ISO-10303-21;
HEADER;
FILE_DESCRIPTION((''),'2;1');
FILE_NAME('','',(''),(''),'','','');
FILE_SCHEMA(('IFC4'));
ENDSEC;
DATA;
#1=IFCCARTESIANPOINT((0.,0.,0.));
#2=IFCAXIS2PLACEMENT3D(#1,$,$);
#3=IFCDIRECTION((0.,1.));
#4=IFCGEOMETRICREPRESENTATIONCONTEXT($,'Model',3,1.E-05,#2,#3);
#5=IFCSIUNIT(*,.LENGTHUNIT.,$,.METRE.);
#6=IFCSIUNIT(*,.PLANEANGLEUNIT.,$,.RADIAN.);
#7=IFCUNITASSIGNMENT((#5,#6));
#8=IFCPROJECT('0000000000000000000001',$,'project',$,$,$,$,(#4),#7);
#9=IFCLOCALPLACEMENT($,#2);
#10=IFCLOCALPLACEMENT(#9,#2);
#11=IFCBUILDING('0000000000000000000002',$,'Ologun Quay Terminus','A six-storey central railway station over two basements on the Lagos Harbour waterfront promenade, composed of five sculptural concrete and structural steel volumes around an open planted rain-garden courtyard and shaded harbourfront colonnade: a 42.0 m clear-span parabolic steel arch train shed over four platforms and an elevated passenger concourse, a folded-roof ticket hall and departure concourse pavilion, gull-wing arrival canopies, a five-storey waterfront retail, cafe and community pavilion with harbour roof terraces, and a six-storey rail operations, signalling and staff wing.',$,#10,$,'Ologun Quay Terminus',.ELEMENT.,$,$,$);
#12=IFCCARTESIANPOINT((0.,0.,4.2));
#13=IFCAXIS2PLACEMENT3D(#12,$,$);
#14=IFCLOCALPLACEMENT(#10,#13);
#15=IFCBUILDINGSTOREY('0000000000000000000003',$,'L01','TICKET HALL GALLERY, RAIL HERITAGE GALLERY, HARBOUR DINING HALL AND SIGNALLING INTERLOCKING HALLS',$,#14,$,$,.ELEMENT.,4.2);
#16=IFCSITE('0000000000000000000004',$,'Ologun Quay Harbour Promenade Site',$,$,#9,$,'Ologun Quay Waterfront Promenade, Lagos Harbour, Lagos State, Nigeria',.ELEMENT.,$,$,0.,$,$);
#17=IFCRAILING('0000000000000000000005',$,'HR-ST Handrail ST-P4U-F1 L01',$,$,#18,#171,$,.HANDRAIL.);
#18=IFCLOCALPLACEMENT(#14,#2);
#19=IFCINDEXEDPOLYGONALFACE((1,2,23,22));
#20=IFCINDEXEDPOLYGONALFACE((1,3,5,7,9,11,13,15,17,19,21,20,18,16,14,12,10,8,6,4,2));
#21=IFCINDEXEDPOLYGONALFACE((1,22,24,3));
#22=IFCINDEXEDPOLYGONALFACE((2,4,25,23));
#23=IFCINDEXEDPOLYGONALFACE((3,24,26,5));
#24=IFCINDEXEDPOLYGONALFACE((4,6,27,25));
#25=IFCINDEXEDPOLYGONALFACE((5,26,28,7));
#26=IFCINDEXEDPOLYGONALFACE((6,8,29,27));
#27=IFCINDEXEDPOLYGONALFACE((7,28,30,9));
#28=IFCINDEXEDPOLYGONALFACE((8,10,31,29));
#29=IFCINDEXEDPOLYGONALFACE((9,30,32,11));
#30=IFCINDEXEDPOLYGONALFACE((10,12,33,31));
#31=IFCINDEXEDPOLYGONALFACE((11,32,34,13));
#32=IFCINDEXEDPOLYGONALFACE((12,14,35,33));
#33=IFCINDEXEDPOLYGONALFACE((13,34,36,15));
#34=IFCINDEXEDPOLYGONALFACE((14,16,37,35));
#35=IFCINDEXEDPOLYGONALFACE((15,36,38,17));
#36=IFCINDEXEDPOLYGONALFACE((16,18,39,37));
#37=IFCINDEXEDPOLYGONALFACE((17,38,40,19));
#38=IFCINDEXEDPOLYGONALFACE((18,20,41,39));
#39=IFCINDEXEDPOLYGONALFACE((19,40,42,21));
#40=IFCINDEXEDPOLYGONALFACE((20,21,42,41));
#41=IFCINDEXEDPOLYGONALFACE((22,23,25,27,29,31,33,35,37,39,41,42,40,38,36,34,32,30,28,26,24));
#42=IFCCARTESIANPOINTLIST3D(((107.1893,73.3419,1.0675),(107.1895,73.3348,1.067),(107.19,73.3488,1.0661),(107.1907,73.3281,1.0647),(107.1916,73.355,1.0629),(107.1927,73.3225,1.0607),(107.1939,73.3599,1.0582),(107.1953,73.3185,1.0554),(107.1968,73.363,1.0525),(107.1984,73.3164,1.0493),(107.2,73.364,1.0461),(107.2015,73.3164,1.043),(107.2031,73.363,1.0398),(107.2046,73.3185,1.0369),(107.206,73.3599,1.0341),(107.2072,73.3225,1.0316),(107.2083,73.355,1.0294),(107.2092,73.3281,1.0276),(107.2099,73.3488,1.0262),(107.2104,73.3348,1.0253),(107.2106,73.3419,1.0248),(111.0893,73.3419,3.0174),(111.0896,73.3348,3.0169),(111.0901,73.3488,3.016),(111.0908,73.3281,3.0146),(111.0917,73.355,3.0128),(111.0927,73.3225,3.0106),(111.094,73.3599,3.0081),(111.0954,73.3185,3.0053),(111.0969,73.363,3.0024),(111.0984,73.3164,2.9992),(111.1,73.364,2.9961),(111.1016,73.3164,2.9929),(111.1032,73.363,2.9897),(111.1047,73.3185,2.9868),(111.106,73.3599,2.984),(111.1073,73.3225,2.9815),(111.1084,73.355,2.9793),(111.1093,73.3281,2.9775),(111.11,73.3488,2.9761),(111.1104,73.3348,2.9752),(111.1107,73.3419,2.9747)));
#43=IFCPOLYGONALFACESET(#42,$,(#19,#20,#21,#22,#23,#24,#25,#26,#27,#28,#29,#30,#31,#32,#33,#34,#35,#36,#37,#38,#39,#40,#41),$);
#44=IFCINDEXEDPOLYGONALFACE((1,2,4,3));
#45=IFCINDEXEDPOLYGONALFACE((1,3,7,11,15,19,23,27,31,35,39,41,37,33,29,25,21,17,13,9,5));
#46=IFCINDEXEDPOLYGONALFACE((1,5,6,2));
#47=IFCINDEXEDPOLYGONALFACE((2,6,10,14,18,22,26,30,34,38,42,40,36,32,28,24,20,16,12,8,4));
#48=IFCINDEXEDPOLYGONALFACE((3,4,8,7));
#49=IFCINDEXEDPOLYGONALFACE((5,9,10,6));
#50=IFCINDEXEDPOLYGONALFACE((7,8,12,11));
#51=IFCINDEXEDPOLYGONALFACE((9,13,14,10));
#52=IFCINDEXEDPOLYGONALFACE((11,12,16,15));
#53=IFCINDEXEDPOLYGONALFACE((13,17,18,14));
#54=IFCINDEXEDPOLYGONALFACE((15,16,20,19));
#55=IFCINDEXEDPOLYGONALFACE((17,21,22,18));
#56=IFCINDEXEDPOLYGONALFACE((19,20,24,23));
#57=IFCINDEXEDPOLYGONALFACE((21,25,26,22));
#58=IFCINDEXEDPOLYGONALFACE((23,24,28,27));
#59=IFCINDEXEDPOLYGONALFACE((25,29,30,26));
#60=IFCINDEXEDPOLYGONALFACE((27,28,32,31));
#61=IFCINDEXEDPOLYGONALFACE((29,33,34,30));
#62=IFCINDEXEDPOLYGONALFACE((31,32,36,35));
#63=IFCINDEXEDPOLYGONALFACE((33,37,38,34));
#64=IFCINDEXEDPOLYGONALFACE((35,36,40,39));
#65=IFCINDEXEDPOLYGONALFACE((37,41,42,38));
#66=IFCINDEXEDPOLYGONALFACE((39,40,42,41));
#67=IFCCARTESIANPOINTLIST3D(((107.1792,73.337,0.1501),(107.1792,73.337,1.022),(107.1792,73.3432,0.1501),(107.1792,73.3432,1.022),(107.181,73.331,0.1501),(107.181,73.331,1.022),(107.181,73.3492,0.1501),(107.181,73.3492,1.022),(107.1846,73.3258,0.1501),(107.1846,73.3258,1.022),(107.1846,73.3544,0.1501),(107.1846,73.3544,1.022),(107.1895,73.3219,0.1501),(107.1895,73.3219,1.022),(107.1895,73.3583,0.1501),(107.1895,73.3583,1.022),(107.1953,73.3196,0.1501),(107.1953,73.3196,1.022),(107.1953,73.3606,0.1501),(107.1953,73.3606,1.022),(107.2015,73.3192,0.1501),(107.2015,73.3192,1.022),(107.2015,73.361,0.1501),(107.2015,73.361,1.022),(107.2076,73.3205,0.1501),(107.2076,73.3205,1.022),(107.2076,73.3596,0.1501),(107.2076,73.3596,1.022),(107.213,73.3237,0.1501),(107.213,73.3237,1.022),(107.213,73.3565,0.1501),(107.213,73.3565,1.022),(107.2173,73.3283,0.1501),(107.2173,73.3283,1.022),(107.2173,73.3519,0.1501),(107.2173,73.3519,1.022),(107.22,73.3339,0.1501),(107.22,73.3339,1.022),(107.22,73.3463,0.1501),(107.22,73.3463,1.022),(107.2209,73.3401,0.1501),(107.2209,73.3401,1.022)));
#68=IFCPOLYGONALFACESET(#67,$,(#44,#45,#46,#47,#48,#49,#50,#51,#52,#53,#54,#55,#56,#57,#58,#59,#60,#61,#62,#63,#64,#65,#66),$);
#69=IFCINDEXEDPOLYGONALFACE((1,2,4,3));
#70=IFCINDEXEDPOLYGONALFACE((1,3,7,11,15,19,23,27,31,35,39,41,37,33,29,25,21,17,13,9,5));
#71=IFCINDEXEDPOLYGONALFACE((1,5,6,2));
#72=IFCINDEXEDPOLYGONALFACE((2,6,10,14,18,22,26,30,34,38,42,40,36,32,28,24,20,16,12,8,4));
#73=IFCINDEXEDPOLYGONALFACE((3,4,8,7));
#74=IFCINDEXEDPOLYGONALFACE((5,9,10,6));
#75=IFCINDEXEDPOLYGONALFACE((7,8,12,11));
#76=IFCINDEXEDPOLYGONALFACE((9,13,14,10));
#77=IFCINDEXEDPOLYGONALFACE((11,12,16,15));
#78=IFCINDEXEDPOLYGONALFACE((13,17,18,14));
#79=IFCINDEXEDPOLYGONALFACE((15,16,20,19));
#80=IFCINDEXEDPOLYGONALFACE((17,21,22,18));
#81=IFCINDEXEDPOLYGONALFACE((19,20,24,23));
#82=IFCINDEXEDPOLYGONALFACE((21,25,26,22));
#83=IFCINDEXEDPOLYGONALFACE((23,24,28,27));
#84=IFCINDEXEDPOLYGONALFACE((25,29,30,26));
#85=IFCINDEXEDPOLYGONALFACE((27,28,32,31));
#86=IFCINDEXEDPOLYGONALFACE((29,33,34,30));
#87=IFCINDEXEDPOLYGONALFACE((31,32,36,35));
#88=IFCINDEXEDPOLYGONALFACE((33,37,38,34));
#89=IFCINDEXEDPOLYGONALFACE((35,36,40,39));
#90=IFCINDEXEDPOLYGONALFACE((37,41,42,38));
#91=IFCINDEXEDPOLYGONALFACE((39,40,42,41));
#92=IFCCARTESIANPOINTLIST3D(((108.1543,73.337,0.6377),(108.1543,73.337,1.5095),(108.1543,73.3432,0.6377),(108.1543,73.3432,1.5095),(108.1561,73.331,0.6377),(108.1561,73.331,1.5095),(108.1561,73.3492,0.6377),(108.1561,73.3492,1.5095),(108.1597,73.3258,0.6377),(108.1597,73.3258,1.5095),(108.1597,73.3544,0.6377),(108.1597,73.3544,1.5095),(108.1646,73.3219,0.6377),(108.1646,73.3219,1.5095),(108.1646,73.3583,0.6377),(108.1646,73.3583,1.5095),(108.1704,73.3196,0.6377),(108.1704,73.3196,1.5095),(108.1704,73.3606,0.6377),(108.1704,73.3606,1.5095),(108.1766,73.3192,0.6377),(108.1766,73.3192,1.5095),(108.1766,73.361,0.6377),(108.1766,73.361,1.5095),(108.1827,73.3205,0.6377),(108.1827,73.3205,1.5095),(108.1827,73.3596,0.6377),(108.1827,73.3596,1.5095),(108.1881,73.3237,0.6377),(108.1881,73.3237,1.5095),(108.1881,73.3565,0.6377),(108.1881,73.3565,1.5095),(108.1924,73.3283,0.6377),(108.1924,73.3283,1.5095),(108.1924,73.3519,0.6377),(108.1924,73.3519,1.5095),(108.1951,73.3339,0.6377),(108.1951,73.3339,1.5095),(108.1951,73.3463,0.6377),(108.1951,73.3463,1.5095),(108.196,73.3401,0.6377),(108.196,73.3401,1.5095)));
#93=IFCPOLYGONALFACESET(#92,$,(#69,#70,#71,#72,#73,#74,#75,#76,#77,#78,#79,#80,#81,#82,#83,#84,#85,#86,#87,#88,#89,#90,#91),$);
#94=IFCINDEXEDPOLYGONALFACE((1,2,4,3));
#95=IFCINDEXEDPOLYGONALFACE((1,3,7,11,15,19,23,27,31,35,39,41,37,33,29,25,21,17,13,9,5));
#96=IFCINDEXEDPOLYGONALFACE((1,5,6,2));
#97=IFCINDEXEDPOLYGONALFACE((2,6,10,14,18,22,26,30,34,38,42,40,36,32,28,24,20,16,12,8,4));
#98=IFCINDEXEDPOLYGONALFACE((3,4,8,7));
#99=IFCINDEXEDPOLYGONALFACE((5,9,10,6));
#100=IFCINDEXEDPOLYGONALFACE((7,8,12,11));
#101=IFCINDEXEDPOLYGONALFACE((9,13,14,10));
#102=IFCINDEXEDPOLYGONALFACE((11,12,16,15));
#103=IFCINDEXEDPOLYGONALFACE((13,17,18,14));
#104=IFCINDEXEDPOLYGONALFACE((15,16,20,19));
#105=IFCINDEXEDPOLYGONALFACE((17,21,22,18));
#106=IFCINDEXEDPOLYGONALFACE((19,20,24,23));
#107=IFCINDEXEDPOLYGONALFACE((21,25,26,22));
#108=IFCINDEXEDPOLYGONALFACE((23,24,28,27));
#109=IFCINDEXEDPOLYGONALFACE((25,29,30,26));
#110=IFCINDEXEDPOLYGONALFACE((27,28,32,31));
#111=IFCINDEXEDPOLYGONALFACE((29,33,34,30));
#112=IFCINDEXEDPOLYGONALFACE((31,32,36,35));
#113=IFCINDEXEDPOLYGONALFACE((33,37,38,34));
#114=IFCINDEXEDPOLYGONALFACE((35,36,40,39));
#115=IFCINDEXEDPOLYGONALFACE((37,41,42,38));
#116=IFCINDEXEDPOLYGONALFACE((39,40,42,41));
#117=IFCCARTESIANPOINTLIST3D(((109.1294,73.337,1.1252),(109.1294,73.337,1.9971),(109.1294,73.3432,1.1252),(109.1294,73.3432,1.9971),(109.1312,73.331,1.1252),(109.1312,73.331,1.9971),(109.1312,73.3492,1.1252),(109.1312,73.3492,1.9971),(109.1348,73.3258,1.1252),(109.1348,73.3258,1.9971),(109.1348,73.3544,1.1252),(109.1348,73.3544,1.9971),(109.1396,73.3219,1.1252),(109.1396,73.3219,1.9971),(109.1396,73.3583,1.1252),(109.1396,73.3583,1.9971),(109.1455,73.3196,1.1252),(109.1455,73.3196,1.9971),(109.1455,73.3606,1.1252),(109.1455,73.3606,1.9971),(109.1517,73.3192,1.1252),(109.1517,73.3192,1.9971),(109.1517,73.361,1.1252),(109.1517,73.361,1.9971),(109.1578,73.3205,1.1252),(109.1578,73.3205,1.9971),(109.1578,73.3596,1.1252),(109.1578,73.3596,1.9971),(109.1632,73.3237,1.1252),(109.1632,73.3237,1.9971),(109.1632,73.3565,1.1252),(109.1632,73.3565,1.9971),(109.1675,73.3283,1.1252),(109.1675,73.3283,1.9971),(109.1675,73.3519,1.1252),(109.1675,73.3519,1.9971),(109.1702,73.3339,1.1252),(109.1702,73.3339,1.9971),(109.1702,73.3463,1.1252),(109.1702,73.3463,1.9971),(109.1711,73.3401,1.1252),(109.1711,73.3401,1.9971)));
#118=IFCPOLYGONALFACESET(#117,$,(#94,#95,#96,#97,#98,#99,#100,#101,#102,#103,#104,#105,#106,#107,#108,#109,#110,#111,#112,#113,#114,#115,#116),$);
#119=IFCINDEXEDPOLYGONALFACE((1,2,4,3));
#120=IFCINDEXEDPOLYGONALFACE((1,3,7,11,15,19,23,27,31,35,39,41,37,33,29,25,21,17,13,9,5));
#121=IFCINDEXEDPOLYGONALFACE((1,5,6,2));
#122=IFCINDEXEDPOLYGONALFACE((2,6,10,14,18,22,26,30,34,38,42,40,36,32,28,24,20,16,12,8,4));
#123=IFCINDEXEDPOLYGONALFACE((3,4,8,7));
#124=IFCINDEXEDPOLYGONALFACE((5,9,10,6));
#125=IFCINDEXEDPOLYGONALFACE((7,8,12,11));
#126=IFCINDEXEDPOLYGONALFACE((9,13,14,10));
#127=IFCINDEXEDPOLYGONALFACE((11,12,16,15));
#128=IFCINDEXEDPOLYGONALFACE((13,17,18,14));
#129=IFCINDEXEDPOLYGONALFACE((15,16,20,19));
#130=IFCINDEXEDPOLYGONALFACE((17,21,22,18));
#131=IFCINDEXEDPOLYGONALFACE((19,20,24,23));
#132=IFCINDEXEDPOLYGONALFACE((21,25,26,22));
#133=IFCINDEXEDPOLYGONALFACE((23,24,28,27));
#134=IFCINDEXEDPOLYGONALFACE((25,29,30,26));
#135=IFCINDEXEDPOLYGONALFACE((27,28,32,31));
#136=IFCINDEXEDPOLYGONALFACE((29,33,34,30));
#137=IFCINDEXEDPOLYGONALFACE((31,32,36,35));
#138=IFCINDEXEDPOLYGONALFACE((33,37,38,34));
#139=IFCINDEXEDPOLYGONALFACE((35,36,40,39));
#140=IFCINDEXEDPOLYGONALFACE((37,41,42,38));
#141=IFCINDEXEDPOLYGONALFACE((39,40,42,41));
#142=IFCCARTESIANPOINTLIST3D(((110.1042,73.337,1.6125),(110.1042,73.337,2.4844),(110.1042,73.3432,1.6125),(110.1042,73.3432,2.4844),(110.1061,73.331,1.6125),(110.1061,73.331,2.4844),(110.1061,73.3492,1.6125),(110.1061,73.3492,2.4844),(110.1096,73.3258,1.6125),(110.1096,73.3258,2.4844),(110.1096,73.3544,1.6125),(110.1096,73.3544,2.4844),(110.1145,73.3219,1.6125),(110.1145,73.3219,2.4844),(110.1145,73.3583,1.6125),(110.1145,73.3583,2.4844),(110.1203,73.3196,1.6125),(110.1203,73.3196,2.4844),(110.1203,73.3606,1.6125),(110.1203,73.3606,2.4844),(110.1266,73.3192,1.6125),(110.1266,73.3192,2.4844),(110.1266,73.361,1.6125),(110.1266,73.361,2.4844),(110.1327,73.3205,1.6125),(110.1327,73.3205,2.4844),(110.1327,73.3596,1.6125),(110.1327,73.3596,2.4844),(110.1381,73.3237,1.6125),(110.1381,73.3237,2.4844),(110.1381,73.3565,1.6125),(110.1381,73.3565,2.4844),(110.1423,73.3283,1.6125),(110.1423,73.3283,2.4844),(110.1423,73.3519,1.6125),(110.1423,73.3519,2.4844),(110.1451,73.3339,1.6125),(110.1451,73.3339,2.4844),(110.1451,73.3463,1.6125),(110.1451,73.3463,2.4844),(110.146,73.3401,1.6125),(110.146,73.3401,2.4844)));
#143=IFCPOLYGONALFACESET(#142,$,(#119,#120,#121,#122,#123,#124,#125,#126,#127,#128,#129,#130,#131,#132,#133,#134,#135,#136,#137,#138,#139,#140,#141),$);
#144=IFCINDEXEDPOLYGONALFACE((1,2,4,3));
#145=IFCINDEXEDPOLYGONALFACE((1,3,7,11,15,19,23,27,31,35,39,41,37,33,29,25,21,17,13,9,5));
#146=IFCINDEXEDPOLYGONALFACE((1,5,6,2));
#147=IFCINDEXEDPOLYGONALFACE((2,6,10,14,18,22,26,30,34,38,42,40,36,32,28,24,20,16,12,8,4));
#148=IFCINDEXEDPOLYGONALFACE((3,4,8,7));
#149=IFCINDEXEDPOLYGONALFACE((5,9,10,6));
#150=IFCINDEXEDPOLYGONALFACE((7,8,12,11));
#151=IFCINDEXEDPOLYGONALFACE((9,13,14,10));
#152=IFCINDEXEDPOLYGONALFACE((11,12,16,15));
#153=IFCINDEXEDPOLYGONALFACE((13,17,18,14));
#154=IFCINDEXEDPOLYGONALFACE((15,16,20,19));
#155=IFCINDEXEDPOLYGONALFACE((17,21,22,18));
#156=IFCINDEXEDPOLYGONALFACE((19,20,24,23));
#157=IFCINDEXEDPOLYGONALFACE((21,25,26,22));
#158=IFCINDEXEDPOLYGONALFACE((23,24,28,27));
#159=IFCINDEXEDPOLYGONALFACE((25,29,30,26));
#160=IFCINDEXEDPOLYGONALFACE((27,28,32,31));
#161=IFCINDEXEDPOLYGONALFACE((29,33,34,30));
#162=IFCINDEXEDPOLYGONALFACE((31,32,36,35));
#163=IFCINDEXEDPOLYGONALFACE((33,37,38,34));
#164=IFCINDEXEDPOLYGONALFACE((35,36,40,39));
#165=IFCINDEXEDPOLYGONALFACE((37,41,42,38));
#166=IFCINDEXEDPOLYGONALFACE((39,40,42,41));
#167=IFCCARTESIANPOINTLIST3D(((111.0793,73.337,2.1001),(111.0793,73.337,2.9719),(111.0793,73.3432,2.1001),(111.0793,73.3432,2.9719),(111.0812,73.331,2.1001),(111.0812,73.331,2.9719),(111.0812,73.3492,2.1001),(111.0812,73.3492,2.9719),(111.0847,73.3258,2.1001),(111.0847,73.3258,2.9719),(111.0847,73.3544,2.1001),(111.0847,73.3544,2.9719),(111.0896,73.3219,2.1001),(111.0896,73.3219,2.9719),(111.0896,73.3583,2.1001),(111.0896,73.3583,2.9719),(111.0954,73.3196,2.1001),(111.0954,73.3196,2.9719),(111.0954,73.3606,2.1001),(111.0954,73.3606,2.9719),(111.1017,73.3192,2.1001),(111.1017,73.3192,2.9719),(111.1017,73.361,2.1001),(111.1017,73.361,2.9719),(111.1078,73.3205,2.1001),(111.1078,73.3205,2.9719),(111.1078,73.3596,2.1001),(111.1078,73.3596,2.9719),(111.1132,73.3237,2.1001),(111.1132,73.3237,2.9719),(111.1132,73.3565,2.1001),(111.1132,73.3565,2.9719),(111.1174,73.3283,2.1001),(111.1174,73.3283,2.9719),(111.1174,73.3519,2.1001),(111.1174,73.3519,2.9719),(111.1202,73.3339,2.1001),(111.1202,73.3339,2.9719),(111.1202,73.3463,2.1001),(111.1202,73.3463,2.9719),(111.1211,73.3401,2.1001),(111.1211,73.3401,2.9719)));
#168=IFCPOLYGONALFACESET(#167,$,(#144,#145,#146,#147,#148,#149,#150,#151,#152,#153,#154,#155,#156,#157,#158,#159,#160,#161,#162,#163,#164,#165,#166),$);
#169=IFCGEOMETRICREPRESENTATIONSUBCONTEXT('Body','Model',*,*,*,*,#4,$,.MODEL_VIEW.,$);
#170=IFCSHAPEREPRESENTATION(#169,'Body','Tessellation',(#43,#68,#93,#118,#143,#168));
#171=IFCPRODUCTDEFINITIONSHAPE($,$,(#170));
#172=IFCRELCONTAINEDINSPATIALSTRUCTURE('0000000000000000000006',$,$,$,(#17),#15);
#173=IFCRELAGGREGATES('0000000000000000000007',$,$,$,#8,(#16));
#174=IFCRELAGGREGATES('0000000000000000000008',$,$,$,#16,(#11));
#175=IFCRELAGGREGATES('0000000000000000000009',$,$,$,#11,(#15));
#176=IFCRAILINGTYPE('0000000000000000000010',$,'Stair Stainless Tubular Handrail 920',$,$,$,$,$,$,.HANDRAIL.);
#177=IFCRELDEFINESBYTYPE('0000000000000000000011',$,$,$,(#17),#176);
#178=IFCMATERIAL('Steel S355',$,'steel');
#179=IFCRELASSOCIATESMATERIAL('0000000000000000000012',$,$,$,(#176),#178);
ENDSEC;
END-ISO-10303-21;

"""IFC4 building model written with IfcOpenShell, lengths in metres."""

from ifc_helpers import new_model, si_unit, direction, frame, origin, origin_2d, place, context, subcontext, project, spatial, circle, extrude, material, type_object, element, save


model = new_model("IFC4")

# Units and contexts
model_context = context("Model", 3, precision=1e-05, world=origin(), true_north=direction((0.0, 1.0)))
body_context = subcontext(model_context, "Body", "Model", "MODEL_VIEW")
ifc_project = project(units=[si_unit("LENGTHUNIT", "METRE"), si_unit("PLANEANGLEUNIT", "RADIAN")], contexts=[model_context])

# Site, building, storey
site_placement = place(None, origin())
site = spatial("IfcSite", under=ifc_project, at=site_placement, Name="Ologun Quay Harbour Promenade Site", LongName="Ologun Quay Waterfront Promenade, Lagos Harbour, Lagos State, Nigeria", CompositionType="ELEMENT", RefElevation=0.0)
building_placement = place(site_placement, origin())
building = spatial("IfcBuilding", under=site, at=building_placement, Name="Ologun Quay Terminus", Description="A six-storey central railway station over two basements on the Lagos Harbour waterfront promenade, composed of five sculptural concrete and structural steel volumes around an open planted rain-garden courtyard and shaded harbourfront colonnade: a 42.0 m clear-span parabolic steel arch train shed over four platforms and an elevated passenger concourse, a folded-roof ticket hall and departure concourse pavilion, gull-wing arrival canopies, a five-storey waterfront retail, cafe and community pavilion with harbour roof terraces, and a six-storey rail operations, signalling and staff wing.", LongName="Ologun Quay Terminus", CompositionType="ELEMENT")
storey_placement = place(building_placement, frame((0.0, 0.0, 4.2)))
storey = spatial("IfcBuildingStorey", under=building, at=storey_placement, Name="L01", Description="TICKET HALL GALLERY, RAIL HERITAGE GALLERY, HARBOUR DINING HALL AND SIGNALLING INTERLOCKING HALLS", CompositionType="ELEMENT", Elevation=4.2)

# Railing
ifc_material_1 = material(Name="Steel S355", Category="steel")
railing_type_1 = type_object("IfcRailingType", Name="Stair Stainless Tubular Handrail 920", PredefinedType="HANDRAIL", material=ifc_material_1)
railing_1_placement = place(storey_placement, frame((107.2, 73.3401, 0.1501)))
element("IfcRailing", 1, at=railing_1_placement, inside=storey, type_object=railing_type_1, Name="HR-ST Handrail ST-P4U-F1 L01", PredefinedType="HANDRAIL", context=body_context, shape_type="SweptSolid", body=[
    extrude(circle(Radius=0.0239, at=origin_2d()), frame((0.0, 0.0, 0.896), z_axis=(0.894438, 0.0, 0.447191), x_axis=(0.0, 1.0, 0.0)), (0.0, 0.0, 1.0), 4.3604),
    extrude(circle(Radius=0.021, at=origin_2d()), origin(), (0.0, 0.0, 1.0), 0.8718),
    extrude(circle(Radius=0.021, at=origin_2d()), frame((0.9751, 0.0, 0.4875)), (0.0, 0.0, 1.0), 0.8718),
    extrude(circle(Radius=0.021, at=origin_2d()), frame((1.9502, 0.0, 0.9751)), (0.0, 0.0, 1.0), 0.8718),
    extrude(circle(Radius=0.021, at=origin_2d()), frame((2.925, 0.0, 1.4624)), (0.0, 0.0, 1.0), 0.8718),
    extrude(circle(Radius=0.021, at=origin_2d()), frame((3.9001, 0.0, 1.95)), (0.0, 0.0, 1.0), 0.8718),
])

save(model, "model.ifc")
